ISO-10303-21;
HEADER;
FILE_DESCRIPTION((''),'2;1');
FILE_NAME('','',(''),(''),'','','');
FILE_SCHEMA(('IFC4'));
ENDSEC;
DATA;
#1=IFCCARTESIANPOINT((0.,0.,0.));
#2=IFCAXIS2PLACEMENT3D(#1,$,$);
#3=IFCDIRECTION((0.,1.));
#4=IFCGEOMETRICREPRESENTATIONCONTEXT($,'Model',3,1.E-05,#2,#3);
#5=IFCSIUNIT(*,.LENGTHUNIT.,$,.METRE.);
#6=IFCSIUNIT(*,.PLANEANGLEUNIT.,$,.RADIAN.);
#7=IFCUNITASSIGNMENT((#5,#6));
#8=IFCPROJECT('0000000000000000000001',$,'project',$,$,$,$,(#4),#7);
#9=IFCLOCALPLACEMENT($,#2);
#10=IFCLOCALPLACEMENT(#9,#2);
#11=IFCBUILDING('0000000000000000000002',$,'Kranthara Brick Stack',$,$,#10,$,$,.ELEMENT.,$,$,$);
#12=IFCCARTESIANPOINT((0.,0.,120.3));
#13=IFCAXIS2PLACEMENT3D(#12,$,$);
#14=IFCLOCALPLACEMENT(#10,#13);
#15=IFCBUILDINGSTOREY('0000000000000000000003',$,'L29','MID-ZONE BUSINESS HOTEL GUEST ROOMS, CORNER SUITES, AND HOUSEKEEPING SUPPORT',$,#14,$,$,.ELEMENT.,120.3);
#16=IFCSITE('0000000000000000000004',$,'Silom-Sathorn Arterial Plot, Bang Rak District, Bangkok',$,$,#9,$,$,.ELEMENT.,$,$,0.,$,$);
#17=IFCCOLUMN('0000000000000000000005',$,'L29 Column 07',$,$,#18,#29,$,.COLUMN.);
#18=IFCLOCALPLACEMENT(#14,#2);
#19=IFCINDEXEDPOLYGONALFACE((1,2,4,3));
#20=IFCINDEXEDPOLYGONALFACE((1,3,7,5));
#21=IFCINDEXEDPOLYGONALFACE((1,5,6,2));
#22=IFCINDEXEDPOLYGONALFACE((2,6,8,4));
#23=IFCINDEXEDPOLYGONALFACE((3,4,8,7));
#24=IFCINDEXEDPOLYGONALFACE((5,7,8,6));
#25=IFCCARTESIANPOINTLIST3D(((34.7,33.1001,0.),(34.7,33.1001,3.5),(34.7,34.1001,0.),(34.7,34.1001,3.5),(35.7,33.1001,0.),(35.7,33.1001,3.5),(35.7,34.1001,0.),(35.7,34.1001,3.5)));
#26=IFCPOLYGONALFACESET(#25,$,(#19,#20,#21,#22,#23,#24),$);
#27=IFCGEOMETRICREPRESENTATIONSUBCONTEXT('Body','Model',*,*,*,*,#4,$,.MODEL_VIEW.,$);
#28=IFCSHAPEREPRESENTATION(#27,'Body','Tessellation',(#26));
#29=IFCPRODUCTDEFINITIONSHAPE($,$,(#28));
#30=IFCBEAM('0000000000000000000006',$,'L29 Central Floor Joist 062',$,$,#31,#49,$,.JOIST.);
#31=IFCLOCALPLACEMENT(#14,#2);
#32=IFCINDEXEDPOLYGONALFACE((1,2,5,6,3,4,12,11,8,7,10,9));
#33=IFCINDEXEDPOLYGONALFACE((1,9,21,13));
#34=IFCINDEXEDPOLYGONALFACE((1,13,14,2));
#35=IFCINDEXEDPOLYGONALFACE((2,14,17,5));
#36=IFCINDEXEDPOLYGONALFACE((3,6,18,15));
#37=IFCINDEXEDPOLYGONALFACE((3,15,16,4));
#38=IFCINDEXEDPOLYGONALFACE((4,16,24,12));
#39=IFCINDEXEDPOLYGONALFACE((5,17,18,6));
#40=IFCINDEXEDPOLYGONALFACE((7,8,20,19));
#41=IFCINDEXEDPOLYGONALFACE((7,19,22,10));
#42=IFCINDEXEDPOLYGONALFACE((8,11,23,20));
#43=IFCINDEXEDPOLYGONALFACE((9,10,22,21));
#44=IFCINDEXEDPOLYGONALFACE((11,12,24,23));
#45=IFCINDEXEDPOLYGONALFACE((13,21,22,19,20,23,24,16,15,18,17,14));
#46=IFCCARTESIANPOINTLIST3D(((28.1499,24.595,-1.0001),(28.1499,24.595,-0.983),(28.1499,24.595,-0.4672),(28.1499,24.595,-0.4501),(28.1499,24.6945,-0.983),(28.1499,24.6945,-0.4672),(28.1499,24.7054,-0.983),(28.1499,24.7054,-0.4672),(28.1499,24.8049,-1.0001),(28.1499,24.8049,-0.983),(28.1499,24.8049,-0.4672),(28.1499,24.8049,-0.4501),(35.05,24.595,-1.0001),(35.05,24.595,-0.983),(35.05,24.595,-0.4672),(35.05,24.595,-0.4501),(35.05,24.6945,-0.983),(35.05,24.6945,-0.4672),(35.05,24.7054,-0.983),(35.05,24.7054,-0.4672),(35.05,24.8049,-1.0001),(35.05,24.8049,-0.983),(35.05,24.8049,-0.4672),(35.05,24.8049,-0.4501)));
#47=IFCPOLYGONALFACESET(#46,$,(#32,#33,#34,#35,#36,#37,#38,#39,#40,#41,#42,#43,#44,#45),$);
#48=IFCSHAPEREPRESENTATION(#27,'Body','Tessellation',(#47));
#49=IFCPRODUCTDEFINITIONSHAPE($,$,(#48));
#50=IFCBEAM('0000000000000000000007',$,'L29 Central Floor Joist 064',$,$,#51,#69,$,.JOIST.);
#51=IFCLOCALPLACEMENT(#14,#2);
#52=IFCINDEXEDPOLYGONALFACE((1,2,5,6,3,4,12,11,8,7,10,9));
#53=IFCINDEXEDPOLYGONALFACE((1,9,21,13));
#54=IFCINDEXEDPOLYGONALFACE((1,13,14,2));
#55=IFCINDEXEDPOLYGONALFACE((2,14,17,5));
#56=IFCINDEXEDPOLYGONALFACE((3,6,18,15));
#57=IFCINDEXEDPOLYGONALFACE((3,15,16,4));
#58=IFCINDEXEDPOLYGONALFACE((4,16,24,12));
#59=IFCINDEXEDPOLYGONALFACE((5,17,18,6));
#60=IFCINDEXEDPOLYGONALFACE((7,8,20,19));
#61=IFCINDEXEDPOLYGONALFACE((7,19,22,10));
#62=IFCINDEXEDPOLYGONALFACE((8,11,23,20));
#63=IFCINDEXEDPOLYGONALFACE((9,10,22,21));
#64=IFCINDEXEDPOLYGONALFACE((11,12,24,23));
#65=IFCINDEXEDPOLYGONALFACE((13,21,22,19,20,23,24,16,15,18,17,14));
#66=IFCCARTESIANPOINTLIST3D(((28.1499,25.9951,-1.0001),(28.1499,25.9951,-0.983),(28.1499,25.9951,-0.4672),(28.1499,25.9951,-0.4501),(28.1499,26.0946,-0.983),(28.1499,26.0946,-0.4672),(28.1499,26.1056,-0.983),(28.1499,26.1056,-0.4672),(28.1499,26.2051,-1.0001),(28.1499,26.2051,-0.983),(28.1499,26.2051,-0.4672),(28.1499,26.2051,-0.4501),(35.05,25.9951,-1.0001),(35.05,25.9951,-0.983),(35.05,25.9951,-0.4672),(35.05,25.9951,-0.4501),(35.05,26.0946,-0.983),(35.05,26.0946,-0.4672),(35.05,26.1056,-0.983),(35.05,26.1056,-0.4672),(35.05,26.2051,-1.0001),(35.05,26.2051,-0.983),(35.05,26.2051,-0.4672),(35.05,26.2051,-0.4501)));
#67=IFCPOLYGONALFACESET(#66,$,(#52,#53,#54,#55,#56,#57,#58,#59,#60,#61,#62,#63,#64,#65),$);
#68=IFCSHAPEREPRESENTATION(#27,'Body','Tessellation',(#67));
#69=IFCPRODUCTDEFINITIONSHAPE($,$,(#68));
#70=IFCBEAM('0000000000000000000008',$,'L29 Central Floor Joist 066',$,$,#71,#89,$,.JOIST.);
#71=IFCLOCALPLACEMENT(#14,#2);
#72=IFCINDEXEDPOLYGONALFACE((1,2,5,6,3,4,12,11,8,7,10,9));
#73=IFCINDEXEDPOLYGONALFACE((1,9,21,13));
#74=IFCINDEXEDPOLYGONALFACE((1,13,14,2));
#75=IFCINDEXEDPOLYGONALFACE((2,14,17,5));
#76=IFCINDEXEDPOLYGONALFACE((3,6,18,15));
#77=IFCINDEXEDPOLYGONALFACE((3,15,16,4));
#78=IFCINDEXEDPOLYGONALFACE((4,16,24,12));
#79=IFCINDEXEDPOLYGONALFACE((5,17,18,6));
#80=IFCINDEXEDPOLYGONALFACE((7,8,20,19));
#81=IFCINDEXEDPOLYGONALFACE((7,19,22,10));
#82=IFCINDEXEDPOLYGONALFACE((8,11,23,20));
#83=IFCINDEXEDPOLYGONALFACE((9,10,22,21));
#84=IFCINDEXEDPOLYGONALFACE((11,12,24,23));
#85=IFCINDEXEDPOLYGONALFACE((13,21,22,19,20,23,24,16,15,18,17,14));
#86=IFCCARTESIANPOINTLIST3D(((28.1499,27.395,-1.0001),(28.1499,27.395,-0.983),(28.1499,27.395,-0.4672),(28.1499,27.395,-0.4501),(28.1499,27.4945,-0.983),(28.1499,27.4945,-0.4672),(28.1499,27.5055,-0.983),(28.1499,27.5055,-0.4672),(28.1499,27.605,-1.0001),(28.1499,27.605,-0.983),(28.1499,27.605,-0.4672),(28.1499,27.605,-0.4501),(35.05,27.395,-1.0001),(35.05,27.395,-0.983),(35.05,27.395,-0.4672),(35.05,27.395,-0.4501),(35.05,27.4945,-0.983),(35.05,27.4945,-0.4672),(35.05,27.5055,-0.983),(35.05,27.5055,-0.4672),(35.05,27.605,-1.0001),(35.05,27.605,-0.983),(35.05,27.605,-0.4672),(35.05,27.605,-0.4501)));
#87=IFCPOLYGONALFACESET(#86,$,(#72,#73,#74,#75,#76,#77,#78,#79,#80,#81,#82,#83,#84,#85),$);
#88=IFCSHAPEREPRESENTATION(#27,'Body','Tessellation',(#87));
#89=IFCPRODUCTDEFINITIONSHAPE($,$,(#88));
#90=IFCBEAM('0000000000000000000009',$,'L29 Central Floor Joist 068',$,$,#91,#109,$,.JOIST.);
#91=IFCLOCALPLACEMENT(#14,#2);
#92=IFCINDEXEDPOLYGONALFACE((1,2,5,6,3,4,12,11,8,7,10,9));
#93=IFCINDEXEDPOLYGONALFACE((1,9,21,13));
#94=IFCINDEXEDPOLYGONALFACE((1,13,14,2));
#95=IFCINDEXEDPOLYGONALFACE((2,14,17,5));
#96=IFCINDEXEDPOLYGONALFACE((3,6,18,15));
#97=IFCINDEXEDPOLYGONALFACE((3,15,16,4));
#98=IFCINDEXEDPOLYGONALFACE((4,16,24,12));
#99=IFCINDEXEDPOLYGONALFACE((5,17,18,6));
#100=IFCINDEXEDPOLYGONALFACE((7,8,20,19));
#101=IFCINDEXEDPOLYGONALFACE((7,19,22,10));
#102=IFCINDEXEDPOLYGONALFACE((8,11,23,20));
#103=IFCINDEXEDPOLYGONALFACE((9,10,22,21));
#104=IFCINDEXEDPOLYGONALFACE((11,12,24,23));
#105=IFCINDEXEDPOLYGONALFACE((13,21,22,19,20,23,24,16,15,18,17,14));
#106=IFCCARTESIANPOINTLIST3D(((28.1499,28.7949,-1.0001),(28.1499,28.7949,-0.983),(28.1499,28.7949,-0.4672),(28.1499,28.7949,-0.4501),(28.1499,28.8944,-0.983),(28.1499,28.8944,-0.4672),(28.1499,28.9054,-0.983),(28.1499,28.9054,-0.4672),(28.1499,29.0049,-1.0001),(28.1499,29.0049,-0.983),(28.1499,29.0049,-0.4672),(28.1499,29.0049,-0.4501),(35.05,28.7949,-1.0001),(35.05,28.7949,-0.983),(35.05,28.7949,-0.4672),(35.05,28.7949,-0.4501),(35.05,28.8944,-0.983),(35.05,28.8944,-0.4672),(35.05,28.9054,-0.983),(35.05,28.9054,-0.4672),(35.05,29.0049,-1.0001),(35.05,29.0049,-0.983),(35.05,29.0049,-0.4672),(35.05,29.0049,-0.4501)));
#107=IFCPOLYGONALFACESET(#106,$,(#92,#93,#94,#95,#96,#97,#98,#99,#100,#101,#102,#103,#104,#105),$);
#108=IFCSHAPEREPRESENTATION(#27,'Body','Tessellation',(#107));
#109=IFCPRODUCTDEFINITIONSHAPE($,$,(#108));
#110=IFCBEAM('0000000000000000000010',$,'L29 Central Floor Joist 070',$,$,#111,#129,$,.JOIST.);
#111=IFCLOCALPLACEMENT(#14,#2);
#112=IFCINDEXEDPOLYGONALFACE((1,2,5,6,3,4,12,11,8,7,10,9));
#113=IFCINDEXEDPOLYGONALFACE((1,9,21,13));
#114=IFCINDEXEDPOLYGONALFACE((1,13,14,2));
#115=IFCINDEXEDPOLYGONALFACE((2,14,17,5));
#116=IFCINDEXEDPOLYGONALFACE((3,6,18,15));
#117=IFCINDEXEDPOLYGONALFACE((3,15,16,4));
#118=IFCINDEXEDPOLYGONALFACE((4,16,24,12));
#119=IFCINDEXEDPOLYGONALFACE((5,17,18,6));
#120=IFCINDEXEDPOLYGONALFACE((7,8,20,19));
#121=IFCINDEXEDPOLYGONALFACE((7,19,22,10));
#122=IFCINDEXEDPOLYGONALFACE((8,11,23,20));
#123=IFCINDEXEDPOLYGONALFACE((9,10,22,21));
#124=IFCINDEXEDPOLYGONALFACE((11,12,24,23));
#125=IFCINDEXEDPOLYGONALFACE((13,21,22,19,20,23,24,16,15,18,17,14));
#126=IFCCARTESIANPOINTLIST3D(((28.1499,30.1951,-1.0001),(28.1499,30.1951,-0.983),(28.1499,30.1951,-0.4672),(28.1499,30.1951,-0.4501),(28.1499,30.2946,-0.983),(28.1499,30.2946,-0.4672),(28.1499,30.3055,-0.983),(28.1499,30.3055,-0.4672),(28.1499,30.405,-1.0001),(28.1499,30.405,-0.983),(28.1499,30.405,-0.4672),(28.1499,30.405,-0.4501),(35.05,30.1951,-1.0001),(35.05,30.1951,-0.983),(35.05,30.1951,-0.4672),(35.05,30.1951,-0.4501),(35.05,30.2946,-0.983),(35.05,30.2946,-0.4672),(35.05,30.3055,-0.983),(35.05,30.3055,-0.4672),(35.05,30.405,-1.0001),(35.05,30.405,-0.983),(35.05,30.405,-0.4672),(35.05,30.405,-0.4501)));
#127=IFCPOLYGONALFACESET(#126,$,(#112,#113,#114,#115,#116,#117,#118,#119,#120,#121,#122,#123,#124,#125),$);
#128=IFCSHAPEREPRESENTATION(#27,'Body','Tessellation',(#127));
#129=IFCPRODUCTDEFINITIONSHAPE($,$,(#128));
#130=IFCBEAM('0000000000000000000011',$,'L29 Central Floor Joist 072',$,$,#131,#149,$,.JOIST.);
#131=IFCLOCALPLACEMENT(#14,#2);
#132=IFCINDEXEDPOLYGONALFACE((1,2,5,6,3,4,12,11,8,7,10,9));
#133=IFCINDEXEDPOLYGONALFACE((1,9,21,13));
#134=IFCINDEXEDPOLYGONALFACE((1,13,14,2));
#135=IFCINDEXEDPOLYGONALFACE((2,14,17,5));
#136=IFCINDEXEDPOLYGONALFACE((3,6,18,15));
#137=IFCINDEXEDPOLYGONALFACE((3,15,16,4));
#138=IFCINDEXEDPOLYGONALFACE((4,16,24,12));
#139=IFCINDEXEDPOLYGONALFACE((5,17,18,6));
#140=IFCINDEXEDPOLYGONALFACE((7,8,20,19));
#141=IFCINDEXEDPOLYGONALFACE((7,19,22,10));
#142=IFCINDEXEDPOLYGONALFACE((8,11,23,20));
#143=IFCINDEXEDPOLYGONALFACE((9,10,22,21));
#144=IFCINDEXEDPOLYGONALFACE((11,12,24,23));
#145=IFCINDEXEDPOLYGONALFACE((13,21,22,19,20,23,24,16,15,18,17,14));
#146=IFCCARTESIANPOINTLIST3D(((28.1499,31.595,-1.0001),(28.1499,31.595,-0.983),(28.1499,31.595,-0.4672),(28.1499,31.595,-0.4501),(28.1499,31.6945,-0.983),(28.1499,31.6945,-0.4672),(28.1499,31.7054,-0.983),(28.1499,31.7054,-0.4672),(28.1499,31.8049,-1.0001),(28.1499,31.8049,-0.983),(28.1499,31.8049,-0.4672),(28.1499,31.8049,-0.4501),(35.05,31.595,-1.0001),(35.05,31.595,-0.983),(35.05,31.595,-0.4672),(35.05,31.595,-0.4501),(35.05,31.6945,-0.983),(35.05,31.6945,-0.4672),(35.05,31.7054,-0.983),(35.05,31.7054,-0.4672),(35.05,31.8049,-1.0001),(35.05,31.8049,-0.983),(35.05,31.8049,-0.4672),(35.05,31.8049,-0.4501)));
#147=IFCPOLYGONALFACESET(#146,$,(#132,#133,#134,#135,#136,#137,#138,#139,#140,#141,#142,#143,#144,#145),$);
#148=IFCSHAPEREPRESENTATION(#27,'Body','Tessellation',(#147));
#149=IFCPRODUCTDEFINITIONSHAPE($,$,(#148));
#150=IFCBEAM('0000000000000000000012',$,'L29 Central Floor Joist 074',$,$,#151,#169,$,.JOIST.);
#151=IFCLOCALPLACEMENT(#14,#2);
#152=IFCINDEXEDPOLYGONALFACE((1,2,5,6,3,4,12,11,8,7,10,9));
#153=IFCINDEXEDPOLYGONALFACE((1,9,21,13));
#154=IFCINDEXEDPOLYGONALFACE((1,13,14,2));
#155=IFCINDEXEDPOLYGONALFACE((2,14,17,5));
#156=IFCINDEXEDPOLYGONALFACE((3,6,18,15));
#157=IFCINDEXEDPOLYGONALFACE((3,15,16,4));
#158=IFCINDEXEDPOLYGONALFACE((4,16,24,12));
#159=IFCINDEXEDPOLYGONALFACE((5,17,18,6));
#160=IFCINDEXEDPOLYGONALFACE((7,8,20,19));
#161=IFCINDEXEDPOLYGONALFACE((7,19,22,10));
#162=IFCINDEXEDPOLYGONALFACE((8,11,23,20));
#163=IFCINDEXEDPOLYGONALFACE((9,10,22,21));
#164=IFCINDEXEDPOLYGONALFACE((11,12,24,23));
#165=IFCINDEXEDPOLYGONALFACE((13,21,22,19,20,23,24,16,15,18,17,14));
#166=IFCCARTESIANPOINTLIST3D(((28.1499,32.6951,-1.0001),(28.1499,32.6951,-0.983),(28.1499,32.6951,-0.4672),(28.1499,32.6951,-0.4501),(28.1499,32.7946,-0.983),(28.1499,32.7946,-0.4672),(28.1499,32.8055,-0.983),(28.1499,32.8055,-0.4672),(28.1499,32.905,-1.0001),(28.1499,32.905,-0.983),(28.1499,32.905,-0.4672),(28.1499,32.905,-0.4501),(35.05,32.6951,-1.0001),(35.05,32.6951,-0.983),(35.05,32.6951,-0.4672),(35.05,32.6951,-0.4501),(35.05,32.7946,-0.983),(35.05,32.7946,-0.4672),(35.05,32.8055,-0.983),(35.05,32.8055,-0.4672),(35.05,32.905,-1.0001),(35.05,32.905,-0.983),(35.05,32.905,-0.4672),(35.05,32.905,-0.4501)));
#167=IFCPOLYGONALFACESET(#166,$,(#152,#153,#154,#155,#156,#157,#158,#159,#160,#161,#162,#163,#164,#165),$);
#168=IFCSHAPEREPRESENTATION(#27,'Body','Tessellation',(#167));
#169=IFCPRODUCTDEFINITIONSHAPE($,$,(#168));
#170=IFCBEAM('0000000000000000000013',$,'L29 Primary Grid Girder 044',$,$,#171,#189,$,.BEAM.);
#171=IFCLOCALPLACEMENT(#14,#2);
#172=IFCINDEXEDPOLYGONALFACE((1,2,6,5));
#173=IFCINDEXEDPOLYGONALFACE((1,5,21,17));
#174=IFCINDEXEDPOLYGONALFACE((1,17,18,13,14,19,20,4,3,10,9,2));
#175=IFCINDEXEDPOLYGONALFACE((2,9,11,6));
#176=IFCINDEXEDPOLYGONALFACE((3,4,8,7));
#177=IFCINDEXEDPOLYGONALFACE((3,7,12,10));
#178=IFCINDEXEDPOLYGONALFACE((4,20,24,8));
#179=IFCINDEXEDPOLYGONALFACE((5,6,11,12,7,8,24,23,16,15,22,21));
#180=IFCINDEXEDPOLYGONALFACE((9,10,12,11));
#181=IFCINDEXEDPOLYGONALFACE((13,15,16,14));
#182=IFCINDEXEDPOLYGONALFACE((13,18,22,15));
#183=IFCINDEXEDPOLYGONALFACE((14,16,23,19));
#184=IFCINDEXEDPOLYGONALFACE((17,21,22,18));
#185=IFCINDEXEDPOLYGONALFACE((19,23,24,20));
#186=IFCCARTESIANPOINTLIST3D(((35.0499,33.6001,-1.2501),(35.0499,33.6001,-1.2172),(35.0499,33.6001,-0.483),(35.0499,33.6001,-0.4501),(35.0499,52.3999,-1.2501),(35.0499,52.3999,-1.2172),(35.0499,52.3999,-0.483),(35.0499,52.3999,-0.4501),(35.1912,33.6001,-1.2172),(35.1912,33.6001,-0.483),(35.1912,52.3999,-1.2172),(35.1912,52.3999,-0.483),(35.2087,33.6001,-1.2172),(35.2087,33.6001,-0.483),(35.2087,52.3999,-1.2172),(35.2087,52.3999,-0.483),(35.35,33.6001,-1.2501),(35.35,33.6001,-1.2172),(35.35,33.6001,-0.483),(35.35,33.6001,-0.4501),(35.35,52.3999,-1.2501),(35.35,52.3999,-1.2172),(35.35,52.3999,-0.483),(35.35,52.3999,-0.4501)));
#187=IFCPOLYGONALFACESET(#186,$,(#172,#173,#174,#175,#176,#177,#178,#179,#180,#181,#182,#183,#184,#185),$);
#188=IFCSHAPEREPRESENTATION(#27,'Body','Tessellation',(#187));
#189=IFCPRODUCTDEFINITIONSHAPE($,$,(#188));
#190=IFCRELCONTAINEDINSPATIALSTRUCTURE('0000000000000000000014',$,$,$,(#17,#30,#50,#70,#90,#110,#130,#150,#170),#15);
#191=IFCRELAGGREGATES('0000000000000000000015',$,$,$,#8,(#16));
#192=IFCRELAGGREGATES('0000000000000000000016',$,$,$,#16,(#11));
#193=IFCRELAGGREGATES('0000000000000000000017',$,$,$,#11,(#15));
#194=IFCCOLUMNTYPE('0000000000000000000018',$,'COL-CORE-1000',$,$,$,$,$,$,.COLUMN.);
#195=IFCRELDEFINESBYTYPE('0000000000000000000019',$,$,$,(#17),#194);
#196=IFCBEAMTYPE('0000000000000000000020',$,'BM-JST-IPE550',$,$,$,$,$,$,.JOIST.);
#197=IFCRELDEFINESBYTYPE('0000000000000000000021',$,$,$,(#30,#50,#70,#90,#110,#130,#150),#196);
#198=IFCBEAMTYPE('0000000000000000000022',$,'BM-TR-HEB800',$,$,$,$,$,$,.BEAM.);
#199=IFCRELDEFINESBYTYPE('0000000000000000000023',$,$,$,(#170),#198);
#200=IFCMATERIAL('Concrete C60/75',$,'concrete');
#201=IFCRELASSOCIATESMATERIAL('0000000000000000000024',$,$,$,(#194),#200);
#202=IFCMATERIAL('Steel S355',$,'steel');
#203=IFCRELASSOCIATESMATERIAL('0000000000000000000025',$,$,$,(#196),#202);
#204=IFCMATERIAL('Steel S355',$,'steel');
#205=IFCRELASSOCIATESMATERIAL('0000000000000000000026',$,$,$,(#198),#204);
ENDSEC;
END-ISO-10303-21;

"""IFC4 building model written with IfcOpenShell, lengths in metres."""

from ifc_helpers import new_model, si_unit, direction, frame, origin, origin_2d, place, context, subcontext, project, spatial, rectangle, i_section, extrude, material, material_profile, profile_set, type_object, element, save


model = new_model("IFC4")

# Units and contexts
model_context = context("Model", 3, precision=1e-05, world=origin(), true_north=direction((0.0, 1.0)))
body_context = subcontext(model_context, "Body", "Model", "MODEL_VIEW")
ifc_project = project(units=[si_unit("LENGTHUNIT", "METRE"), si_unit("PLANEANGLEUNIT", "RADIAN")], contexts=[model_context])

# Site, building, storey
site_placement = place(None, origin())
site = spatial("IfcSite", under=ifc_project, at=site_placement, Name="Silom-Sathorn Arterial Plot, Bang Rak District, Bangkok", CompositionType="ELEMENT", RefElevation=0.0)
building_placement = place(site_placement, origin())
building = spatial("IfcBuilding", under=site, at=building_placement, Name="Kranthara Brick Stack", CompositionType="ELEMENT")
storey_placement = place(building_placement, frame((0.0, 0.0, 120.3)))
storey = spatial("IfcBuildingStorey", under=building, at=storey_placement, Name="L29", Description="MID-ZONE BUSINESS HOTEL GUEST ROOMS, CORNER SUITES, AND HOUSEKEEPING SUPPORT", CompositionType="ELEMENT", Elevation=120.3)

# Column
ifc_material_1 = material(Name="Concrete C60/75", Category="concrete")
ifc_material_profile_1 = material_profile(ifc_material_1, rectangle(XDim=1.0, YDim=1.0, at=origin_2d()), Name="RC 1000x1000")
ifc_profile_set_1 = profile_set([ifc_material_profile_1], Name="Concrete C60/75")
column_type = type_object("IfcColumnType", Name="COL-CORE-1000", PredefinedType="COLUMN", material=ifc_profile_set_1)
column_placement = place(storey_placement, frame((35.2, 33.6001, 0.0), z_axis=(0.0, 0.0, 1.0), x_axis=(1.0, 0.0, 0.0)))
element("IfcColumn", 1, at=column_placement, inside=storey, type_object=column_type, Name="L29 Column 07", PredefinedType="COLUMN", context=body_context, shape_type="SweptSolid", body=[
    extrude(rectangle(XDim=1.0, YDim=1.0, at=origin_2d()), origin(), (0.0, 0.0, 1.0), 3.5),
])

# Beams
ifc_material_2 = material(Name="Steel S355", Category="steel")
ifc_material_profile_2 = material_profile(ifc_material_2, i_section(OverallWidth=0.21, OverallDepth=0.55, WebThickness=0.011, FlangeThickness=0.0171, at=origin_2d()), Name="IPE 550")
ifc_profile_set_2 = profile_set([ifc_material_profile_2], Name="Steel S355")
beam_type_1 = type_object("IfcBeamType", Name="BM-JST-IPE550", PredefinedType="JOIST", material=ifc_profile_set_2)
for number, where, z_axis, x_axis, name in (
    (2, (28.1499, 24.7, -0.7251), (1.0, 0.0, 0.0), (0.0, 1.0, 0.0), "L29 Central Floor Joist 062"),
    (3, (28.1499, 26.1001, -0.7251), (1.0, 0.0, 0.0), (0.0, 1.0, 0.0), "L29 Central Floor Joist 064"),
    (4, (28.1499, 27.5, -0.7251), (1.0, 0.0, 0.0), (0.0, 1.0, 0.0), "L29 Central Floor Joist 066"),
    (5, (28.1499, 28.8999, -0.7251), (1.0, 0.0, 0.0), (0.0, 1.0, 0.0), "L29 Central Floor Joist 068"),
    (6, (28.1499, 30.3, -0.7251), (1.0, 0.0, 0.0), (0.0, 1.0, 0.0), "L29 Central Floor Joist 070"),
    (7, (28.1499, 31.7, -0.7251), (1.0, 0.0, 0.0), (0.0, 1.0, 0.0), "L29 Central Floor Joist 072"),
    (8, (28.1499, 32.8, -0.7251), (1.0, 0.0, 0.0), (0.0, 1.0, 0.0), "L29 Central Floor Joist 074"),
):
    element("IfcBeam", number, at=place(storey_placement, frame(where, z_axis=z_axis, x_axis=x_axis)), inside=storey, type_object=beam_type_1, Name=name, PredefinedType="JOIST", context=body_context, shape_type="SweptSolid", body=[
        extrude(i_section(OverallWidth=0.21, OverallDepth=0.55, WebThickness=0.011, FlangeThickness=0.0171, at=origin_2d()), origin(), (0.0, 0.0, 1.0), 6.9001),
    ])
ifc_material_3 = material(Name="Steel S355", Category="steel")
ifc_material_profile_3 = material_profile(ifc_material_3, i_section(OverallWidth=0.3, OverallDepth=0.8, WebThickness=0.0176, FlangeThickness=0.033, at=origin_2d()), Name="HEB 800")
ifc_profile_set_3 = profile_set([ifc_material_profile_3], Name="Steel S355")
beam_type_2 = type_object("IfcBeamType", Name="BM-TR-HEB800", PredefinedType="BEAM", material=ifc_profile_set_3)
beam_placement = place(storey_placement, frame((35.2, 33.6001, -0.8501), z_axis=(0.0, 1.0, 0.0), x_axis=(-1.0, 0.0, 0.0)))
element("IfcBeam", 9, at=beam_placement, inside=storey, type_object=beam_type_2, Name="L29 Primary Grid Girder 044", PredefinedType="BEAM", context=body_context, shape_type="SweptSolid", body=[
    extrude(i_section(OverallWidth=0.3, OverallDepth=0.8, WebThickness=0.0176, FlangeThickness=0.033, at=origin_2d()), origin(), (0.0, 0.0, 1.0), 18.7998),
])

save(model, "model.ifc")
